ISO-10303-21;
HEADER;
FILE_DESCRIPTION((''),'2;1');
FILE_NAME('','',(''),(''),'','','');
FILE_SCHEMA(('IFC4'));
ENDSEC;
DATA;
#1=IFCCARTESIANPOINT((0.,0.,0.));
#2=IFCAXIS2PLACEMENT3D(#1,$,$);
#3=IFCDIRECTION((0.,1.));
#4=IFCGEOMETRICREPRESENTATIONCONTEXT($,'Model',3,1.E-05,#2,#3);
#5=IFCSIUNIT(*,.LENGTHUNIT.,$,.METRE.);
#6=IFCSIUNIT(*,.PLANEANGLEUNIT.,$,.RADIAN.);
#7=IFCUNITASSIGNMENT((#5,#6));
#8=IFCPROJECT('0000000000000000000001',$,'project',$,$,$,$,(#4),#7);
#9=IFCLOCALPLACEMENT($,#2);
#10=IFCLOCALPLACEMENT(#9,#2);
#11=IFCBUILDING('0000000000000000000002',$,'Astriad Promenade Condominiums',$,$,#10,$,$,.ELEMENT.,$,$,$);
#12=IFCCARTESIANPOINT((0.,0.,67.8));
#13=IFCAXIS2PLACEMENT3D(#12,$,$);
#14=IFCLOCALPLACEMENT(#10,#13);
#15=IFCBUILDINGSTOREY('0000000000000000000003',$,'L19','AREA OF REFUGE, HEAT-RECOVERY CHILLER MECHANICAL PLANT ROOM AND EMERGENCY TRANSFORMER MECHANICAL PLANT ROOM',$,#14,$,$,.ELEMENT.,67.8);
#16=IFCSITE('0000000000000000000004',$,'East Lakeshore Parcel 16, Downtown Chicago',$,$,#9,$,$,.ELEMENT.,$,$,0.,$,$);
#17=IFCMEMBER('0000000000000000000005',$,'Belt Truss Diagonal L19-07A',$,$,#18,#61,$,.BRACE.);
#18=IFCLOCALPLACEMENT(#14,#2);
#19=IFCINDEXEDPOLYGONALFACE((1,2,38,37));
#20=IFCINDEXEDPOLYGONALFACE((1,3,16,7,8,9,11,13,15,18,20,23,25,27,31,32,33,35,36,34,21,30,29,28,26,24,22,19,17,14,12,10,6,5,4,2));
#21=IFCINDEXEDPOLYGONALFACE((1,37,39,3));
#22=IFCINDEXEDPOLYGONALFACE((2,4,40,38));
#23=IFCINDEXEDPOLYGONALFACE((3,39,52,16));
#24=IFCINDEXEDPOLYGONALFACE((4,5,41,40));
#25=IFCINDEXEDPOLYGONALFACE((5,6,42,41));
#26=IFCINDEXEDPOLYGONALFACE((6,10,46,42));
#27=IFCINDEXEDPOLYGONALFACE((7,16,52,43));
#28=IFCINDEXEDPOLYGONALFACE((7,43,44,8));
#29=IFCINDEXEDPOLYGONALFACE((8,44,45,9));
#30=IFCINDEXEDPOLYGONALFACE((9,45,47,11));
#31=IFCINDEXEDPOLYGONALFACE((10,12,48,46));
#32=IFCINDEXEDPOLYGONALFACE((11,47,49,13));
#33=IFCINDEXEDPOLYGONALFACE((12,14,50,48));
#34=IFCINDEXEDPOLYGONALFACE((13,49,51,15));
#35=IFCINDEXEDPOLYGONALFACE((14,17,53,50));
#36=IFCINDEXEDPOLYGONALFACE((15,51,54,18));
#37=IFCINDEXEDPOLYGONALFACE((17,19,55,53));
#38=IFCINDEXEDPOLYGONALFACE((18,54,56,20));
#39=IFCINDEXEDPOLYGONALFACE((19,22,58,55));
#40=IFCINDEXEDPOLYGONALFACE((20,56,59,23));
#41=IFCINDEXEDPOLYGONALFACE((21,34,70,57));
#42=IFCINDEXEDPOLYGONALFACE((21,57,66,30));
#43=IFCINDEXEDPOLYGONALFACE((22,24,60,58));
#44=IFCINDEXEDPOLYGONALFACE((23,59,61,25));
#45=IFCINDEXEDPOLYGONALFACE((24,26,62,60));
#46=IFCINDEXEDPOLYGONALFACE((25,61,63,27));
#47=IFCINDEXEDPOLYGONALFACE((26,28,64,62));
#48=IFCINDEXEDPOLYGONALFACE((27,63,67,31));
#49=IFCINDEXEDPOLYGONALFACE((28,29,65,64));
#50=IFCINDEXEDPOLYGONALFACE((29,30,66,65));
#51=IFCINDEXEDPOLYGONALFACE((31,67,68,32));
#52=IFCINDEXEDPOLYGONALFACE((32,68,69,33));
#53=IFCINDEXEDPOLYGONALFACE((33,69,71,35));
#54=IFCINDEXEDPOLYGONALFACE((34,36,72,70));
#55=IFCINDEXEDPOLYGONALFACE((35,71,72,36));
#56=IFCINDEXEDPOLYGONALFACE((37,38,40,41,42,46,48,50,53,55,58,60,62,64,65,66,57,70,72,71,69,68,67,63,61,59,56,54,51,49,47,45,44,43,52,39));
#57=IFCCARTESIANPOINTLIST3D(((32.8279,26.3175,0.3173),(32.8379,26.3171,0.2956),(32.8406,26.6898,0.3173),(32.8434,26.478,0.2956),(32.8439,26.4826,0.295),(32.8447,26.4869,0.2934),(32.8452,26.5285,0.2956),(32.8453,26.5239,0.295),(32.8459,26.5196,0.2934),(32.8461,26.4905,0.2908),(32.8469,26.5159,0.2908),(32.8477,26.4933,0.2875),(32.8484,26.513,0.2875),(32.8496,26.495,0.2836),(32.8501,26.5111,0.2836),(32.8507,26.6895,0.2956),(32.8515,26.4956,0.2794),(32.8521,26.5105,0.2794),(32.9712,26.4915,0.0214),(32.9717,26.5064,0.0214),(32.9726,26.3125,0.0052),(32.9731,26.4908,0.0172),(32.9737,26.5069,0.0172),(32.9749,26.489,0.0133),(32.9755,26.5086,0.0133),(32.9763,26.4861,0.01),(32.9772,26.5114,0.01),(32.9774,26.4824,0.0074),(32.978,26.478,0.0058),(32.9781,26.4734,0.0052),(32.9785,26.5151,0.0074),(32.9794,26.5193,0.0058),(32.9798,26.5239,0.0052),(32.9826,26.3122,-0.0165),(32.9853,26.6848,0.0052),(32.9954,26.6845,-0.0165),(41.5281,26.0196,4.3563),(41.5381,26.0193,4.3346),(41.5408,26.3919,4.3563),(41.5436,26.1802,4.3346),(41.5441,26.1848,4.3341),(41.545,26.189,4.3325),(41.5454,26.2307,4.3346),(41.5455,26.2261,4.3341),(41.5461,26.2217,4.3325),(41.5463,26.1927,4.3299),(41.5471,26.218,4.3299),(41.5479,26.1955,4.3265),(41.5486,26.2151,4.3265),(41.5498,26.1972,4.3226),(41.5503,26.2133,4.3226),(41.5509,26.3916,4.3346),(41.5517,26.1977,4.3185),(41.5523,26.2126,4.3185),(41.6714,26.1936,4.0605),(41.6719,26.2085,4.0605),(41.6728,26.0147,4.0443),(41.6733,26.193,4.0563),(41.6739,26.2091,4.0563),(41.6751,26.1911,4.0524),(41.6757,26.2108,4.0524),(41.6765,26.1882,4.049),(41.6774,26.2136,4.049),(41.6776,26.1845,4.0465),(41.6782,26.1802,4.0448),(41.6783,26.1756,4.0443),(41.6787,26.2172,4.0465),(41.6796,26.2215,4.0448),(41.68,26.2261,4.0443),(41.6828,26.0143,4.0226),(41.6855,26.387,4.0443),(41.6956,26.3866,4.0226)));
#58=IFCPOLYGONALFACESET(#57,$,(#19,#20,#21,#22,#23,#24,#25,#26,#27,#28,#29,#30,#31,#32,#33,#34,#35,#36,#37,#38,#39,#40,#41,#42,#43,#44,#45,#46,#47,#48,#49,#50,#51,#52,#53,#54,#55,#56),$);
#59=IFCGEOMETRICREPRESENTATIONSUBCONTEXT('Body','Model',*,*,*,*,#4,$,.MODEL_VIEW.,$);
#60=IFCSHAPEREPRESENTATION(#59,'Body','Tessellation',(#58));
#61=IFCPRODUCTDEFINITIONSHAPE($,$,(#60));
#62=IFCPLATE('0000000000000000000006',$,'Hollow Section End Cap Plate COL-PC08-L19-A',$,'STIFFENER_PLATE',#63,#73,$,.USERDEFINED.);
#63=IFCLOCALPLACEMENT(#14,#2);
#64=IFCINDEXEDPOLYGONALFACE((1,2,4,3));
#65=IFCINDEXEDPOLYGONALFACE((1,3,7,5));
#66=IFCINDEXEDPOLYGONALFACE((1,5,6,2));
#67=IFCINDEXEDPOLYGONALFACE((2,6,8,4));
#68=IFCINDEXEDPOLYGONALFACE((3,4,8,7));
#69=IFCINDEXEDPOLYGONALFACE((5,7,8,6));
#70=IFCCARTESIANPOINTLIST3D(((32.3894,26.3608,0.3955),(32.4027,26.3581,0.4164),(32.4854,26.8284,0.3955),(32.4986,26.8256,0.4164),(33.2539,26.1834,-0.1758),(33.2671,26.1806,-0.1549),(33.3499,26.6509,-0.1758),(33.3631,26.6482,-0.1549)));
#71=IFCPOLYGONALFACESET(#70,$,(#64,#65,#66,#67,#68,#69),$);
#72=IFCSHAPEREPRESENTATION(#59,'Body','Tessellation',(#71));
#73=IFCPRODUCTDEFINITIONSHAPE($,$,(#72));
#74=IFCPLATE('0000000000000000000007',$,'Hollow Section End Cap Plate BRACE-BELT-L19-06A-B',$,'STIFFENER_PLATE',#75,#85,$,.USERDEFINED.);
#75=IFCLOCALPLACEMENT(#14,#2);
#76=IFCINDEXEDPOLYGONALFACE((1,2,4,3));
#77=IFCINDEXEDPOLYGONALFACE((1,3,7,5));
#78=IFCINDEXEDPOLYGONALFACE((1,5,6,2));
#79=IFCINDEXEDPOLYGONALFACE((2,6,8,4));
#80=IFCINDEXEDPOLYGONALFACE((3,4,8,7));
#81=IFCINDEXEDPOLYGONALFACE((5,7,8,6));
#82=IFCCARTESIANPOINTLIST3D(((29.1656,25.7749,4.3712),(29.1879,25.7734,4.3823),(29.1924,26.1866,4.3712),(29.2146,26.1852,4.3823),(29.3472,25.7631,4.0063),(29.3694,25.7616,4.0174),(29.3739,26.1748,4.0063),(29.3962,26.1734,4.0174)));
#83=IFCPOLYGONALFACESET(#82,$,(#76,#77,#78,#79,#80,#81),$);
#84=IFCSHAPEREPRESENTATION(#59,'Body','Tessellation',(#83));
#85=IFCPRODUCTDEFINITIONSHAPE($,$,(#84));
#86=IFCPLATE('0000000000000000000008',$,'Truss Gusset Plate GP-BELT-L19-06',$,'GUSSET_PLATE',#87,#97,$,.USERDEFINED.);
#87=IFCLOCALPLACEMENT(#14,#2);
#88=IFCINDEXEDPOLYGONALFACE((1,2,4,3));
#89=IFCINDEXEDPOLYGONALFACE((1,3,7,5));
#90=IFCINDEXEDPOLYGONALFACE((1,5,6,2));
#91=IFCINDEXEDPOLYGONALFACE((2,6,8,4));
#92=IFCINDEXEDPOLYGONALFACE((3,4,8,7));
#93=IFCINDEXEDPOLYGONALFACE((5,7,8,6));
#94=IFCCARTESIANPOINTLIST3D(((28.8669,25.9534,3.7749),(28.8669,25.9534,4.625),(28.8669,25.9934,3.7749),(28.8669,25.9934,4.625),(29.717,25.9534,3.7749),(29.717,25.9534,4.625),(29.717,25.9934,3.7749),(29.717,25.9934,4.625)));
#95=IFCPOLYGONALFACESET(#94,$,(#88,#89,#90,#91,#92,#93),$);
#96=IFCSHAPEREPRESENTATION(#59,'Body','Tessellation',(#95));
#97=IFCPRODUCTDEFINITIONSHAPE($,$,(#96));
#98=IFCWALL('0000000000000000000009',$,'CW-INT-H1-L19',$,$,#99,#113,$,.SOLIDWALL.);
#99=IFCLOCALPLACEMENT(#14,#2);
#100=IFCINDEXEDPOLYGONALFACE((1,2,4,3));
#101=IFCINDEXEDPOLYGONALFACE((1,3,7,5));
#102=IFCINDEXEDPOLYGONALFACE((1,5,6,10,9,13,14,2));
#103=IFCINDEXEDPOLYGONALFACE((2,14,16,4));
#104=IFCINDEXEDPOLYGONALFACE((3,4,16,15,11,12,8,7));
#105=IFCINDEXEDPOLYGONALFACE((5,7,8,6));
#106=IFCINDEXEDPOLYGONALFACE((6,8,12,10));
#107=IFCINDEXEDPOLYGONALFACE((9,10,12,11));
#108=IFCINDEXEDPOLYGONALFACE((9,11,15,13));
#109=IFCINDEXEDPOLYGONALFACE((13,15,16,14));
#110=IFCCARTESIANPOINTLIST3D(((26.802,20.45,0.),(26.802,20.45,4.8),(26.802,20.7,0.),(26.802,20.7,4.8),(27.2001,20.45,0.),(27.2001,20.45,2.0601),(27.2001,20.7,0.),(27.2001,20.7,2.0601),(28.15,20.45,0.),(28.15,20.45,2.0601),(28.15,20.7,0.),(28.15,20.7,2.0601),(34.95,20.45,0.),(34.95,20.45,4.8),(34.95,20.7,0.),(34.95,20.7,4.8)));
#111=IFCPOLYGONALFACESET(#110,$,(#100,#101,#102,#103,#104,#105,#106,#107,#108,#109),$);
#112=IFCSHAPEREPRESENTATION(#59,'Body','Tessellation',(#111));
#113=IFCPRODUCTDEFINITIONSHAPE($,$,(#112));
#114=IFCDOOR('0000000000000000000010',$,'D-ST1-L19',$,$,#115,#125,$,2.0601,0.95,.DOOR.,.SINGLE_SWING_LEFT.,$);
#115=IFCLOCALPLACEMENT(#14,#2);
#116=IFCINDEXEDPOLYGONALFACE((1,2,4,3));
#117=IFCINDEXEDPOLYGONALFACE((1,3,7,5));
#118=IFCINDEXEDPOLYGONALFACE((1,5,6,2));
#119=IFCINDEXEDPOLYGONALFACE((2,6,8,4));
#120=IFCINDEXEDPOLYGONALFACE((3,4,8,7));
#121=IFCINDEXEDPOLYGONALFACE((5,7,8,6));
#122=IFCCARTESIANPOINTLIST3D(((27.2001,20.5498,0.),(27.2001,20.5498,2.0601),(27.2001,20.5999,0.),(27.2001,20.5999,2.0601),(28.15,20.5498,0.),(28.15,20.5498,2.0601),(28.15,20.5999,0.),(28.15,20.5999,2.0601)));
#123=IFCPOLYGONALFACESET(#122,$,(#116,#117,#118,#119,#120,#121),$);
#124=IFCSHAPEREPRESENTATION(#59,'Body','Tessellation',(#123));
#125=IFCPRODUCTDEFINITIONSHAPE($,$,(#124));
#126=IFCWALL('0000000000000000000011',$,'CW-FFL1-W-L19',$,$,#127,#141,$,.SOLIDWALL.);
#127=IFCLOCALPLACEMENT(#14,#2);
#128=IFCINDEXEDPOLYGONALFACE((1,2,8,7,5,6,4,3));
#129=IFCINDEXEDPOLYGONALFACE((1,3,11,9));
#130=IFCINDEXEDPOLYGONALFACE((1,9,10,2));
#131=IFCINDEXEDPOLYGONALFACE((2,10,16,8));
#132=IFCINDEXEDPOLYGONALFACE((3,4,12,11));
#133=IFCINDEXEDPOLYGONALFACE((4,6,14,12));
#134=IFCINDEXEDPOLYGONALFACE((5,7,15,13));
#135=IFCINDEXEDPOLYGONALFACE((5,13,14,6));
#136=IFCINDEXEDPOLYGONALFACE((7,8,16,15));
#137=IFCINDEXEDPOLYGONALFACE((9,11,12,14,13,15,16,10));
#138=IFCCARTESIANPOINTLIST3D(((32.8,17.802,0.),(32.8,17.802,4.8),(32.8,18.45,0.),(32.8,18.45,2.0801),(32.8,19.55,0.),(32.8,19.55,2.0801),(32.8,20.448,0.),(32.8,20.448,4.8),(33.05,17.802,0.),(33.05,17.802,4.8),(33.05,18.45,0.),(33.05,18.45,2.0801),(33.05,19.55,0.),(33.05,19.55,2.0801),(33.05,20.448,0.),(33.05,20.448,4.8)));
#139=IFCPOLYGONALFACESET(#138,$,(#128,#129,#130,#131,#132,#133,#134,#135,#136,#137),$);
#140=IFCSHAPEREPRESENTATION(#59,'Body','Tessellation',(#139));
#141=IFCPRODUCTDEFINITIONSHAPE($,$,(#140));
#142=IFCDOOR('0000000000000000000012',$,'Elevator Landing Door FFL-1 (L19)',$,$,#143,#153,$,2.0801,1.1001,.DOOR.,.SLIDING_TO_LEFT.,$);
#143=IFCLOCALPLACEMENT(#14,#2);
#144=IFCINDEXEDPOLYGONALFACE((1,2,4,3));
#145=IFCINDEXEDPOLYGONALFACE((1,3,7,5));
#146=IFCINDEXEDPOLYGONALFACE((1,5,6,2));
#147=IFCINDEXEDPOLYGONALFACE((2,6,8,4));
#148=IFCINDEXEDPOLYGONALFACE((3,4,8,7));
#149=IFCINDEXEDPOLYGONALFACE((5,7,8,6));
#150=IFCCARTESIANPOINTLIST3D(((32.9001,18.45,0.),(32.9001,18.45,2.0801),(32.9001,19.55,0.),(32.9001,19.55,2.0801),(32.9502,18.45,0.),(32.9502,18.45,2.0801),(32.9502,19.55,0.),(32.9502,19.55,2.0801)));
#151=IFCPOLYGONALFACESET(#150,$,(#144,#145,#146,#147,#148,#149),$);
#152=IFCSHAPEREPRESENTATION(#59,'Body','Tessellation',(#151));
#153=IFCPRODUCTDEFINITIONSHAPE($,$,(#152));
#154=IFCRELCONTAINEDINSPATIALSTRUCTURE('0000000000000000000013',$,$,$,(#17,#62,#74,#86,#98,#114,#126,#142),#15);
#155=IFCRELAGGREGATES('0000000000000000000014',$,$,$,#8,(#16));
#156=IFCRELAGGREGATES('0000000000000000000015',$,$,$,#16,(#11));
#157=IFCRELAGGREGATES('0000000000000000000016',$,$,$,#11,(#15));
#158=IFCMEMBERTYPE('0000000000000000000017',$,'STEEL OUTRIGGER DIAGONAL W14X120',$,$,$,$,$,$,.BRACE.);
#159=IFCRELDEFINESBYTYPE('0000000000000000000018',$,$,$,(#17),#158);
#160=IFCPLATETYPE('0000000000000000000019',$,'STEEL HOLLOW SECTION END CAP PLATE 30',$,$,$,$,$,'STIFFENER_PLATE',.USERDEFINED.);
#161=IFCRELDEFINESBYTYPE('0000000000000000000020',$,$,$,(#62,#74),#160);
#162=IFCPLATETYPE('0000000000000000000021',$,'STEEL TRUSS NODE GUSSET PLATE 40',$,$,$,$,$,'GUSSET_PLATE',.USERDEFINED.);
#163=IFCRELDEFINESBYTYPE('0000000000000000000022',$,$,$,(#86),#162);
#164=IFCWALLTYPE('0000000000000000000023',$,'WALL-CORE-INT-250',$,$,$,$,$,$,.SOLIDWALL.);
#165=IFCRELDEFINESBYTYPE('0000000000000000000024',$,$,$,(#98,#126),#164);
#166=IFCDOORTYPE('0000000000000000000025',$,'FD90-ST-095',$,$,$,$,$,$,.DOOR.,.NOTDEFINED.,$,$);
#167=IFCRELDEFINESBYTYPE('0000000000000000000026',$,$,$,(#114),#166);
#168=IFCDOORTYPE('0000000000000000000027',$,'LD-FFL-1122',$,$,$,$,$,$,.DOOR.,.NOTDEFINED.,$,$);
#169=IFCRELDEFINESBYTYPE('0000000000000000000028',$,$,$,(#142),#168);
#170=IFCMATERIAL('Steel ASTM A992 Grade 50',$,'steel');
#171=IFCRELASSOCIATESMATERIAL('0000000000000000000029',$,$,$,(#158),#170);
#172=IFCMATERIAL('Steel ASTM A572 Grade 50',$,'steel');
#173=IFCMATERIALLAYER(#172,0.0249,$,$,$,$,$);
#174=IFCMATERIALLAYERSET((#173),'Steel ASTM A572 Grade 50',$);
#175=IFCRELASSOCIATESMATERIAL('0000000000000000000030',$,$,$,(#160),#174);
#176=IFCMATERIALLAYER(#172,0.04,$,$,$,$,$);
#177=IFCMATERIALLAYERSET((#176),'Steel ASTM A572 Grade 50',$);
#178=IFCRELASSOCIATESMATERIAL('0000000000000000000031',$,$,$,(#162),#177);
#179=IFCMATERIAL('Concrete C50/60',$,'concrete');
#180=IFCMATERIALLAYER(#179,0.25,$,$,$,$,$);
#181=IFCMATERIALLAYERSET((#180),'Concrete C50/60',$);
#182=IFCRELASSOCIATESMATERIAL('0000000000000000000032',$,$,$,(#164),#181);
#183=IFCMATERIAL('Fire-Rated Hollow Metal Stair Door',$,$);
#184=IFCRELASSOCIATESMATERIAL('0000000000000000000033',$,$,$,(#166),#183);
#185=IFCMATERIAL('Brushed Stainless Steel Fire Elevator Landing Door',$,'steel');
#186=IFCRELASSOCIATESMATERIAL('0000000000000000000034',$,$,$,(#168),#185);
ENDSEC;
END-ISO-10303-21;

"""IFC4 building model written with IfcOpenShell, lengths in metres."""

from ifc_helpers import new_model, si_unit, direction, frame, frame_2d, origin, origin_2d, place, context, subcontext, project, spatial, rectangle, i_section, extrude, source, transform, mapped, material, layer, layer_set, material_profile, profile_set, type_object, type_shapes, element, fill, save


model = new_model("IFC4")

# Units and contexts
model_context = context("Model", 3, precision=1e-05, world=origin(), true_north=direction((0.0, 1.0)))
body_context = subcontext(model_context, "Body", "Model", "MODEL_VIEW")
ifc_project = project(units=[si_unit("LENGTHUNIT", "METRE"), si_unit("PLANEANGLEUNIT", "RADIAN")], contexts=[model_context])

# Site, building, storey
site_placement = place(None, origin())
site = spatial("IfcSite", under=ifc_project, at=site_placement, Name="East Lakeshore Parcel 16, Downtown Chicago", CompositionType="ELEMENT", RefElevation=0.0)
building_placement = place(site_placement, origin())
building = spatial("IfcBuilding", under=site, at=building_placement, Name="Astriad Promenade Condominiums", CompositionType="ELEMENT")
storey_placement = place(building_placement, frame((0.0, 0.0, 67.8)))
storey = spatial("IfcBuildingStorey", under=building, at=storey_placement, Name="L19", Description="AREA OF REFUGE, HEAT-RECOVERY CHILLER MECHANICAL PLANT ROOM AND EMERGENCY TRANSFORMER MECHANICAL PLANT ROOM", CompositionType="ELEMENT", Elevation=67.8)

# Shared definitions
ifc_material_1 = material(Name="Steel ASTM A992 Grade 50", Category="steel")

# Member
ifc_material_profile_1 = material_profile(ifc_material_1, i_section(OverallWidth=0.3726, OverallDepth=0.3679, WebThickness=0.0149, FlangeThickness=0.0239, FilletRadius=0.0178, at=origin_2d()), Name="W14X120")
ifc_profile_set_1 = profile_set([ifc_material_profile_1], Name="Steel ASTM A992 Grade 50")
member_type_1 = type_object("IfcMemberType", Name="STEEL OUTRIGGER DIAGONAL W14X120", PredefinedType="BRACE", material=ifc_profile_set_1)
shared_shape_1 = source(origin(), body_context, "Body", "SweptSolid", [
    extrude(i_section(OverallWidth=0.3726, OverallDepth=0.3679, WebThickness=0.0149, FlangeThickness=0.0239, FilletRadius=0.0178, at=origin_2d()), origin(), (0.0, 0.0, 1.0), 9.5967),
])
member_1_placement = place(storey_placement, frame((32.9116, 26.501, 0.1504), z_axis=(0.906584, -0.031037, 0.420882), x_axis=(0.034215, 0.999414, 0.0)))
element("IfcMember", 1, at=member_1_placement, inside=storey, type_object=member_type_1, Name="Belt Truss Diagonal L19-07A", PredefinedType="BRACE", context=body_context, shape_type="MappedRepresentation", body=[
    mapped(shared_shape_1, transform((0.0, 0.0, 0.0), scale=1.0)),
])

# Plates
ifc_material_2 = material(Name="Steel ASTM A572 Grade 50", Category="steel")
ifc_layer_1 = layer(ifc_material_2, 0.0249)
ifc_layer_set_1 = layer_set([ifc_layer_1], Name="Steel ASTM A572 Grade 50")
plate_type_1 = type_object("IfcPlateType", Name="STEEL HOLLOW SECTION END CAP PLATE 30", ElementType="STIFFENER_PLATE", PredefinedType="USERDEFINED", material=ifc_layer_set_1)
shared_shape_2 = source(origin(), body_context, "Body", "SweptSolid", [
    extrude(rectangle(XDim=0.4773, YDim=1.0513, at=origin_2d()), origin(), (0.0, 0.0, 1.0), 0.0249),
])
plate_1_placement = place(storey_placement, frame((32.8696, 26.5059, 0.1099), z_axis=(0.532301, -0.109261, 0.839475), x_axis=(0.20107, 0.979577, 0.0)))
element("IfcPlate", 2, at=plate_1_placement, inside=storey, type_object=plate_type_1, Name="Hollow Section End Cap Plate COL-PC08-L19-A", ObjectType="STIFFENER_PLATE", PredefinedType="USERDEFINED", context=body_context, shape_type="MappedRepresentation", body=[
    mapped(shared_shape_2, transform((0.0, 0.0, 0.0), scale=1.0)),
])
shared_shape_3 = source(origin(), body_context, "Body", "SweptSolid", [
    extrude(rectangle(XDim=0.4126, YDim=0.4077, at=origin_2d()), origin(), (0.0, 0.0, 1.0), 0.0249),
])
type_shapes(plate_type_1, [shared_shape_2, shared_shape_3])
plate_2_placement = place(storey_placement, frame((29.2698, 25.9749, 4.1887), z_axis=(0.893025, -0.058058, 0.446247), x_axis=(0.064875, 0.997893, 0.0)))
element("IfcPlate", 3, at=plate_2_placement, inside=storey, type_object=plate_type_1, Name="Hollow Section End Cap Plate BRACE-BELT-L19-06A-B", ObjectType="STIFFENER_PLATE", PredefinedType="USERDEFINED", context=body_context, shape_type="MappedRepresentation", body=[
    mapped(shared_shape_3, transform((0.0, 0.0, 0.0), scale=1.0)),
])
ifc_layer_2 = layer(ifc_material_2, 0.04)
ifc_layer_set_2 = layer_set([ifc_layer_2], Name="Steel ASTM A572 Grade 50")
plate_type_2 = type_object("IfcPlateType", Name="STEEL TRUSS NODE GUSSET PLATE 40", ElementType="GUSSET_PLATE", PredefinedType="USERDEFINED", material=ifc_layer_set_2)
shared_shape_4 = source(origin(), body_context, "Body", "SweptSolid", [
    extrude(rectangle(XDim=0.8501, YDim=0.04, at=origin_2d()), origin(), (0.0, 0.0, 1.0), 0.8501),
])
type_shapes(plate_type_2, [shared_shape_4])
plate_3_placement = place(storey_placement, frame((29.292, 25.9734, 3.7749), z_axis=(0.0, 0.0, 1.0), x_axis=(1.0, 0.0, 0.0)))
element("IfcPlate", 4, at=plate_3_placement, inside=storey, type_object=plate_type_2, Name="Truss Gusset Plate GP-BELT-L19-06", ObjectType="GUSSET_PLATE", PredefinedType="USERDEFINED", context=body_context, shape_type="MappedRepresentation", body=[
    mapped(shared_shape_4, transform((0.0, 0.0, 0.0), scale=1.0)),
])

# Walls, openings, doors
ifc_material_3 = material(Name="Concrete C50/60", Category="concrete")
ifc_layer_3 = layer(ifc_material_3, 0.25)
ifc_layer_set_3 = layer_set([ifc_layer_3], Name="Concrete C50/60")
wall_type = type_object("IfcWallType", Name="WALL-CORE-INT-250", PredefinedType="SOLIDWALL", material=ifc_layer_set_3)
wall_1_placement = place(storey_placement, frame((26.802, 20.575, 0.0), z_axis=(0.0, 0.0, 1.0), x_axis=(1.0, 0.0, 0.0)))
wall_1 = element("IfcWall", 5, at=wall_1_placement, inside=storey, type_object=wall_type, Name="CW-INT-H1-L19", PredefinedType="SOLIDWALL", context=body_context, shape_type="SweptSolid", body=[
    extrude(rectangle(XDim=8.1479, YDim=0.25, at=frame_2d((4.074, 0.0))), origin(), (0.0, 0.0, 1.0), 4.8),
])
opening_1_placement = place(wall_1_placement, frame((0.3979, 0.0, 0.0)))
opening_1 = element("IfcOpeningElement", 6, at=opening_1_placement, cuts=wall_1, PredefinedType="OPENING", context=body_context, shape_type="SweptSolid", body=[
    extrude(rectangle(XDim=0.95, YDim=2.0601, at=frame_2d((0.4751, 1.03))), frame((0.0, 0.135, 0.0), z_axis=(0.0, -1.0, 0.0), x_axis=(1.0, 0.0, 0.0)), (0.0, 0.0, 1.0), 0.27),
])
ifc_material_4 = material(Name="Fire-Rated Hollow Metal Stair Door")
door_type_1 = type_object("IfcDoorType", Name="FD90-ST-095", OperationType="NOTDEFINED", PredefinedType="DOOR", material=ifc_material_4)
shared_shape_5 = source(origin(), body_context, "Body", "SweptSolid", [
    extrude(rectangle(XDim=0.95, YDim=2.0601, at=frame_2d((0.4751, 1.03))), frame((0.0, 0.0249, 0.0), z_axis=(0.0, -1.0, 0.0), x_axis=(1.0, 0.0, 0.0)), (0.0, 0.0, 1.0), 0.05),
])
type_shapes(door_type_1, [shared_shape_5])
door_1_placement = place(opening_1_placement, origin())
door_1 = element("IfcDoor", 7, at=door_1_placement, inside=storey, type_object=door_type_1, Name="D-ST1-L19", OperationType="SINGLE_SWING_LEFT", OverallHeight=2.0601, OverallWidth=0.95, PredefinedType="DOOR", context=body_context, shape_type="MappedRepresentation", body=[
    mapped(shared_shape_5, transform((0.0, 0.0, 0.0), scale=1.0)),
])
fill(opening_1, door_1)
wall_2_placement = place(storey_placement, frame((32.925, 17.802, 0.0), z_axis=(0.0, 0.0, 1.0), x_axis=(0.0, 1.0, 0.0)))
wall_2 = element("IfcWall", 8, at=wall_2_placement, inside=storey, type_object=wall_type, Name="CW-FFL1-W-L19", PredefinedType="SOLIDWALL", context=body_context, shape_type="SweptSolid", body=[
    extrude(rectangle(XDim=2.646, YDim=0.25, at=frame_2d((1.323, 0.0))), origin(), (0.0, 0.0, 1.0), 4.8),
])
opening_2_placement = place(wall_2_placement, frame((0.6479, 0.0, 0.0)))
opening_2 = element("IfcOpeningElement", 9, at=opening_2_placement, cuts=wall_2, PredefinedType="OPENING", context=body_context, shape_type="SweptSolid", body=[
    extrude(rectangle(XDim=1.1001, YDim=2.0801, at=frame_2d((0.55, 1.04))), frame((0.0, 0.135, 0.0), z_axis=(0.0, -1.0, 0.0), x_axis=(1.0, 0.0, 0.0)), (0.0, 0.0, 1.0), 0.27),
])
ifc_material_5 = material(Name="Brushed Stainless Steel Fire Elevator Landing Door", Category="steel")
door_type_2 = type_object("IfcDoorType", Name="LD-FFL-1122", OperationType="NOTDEFINED", PredefinedType="DOOR", material=ifc_material_5)
shared_shape_6 = source(origin(), body_context, "Body", "SweptSolid", [
    extrude(rectangle(XDim=1.1001, YDim=2.0801, at=frame_2d((0.55, 1.04))), frame((0.0, 0.0249, 0.0), z_axis=(0.0, -1.0, 0.0), x_axis=(1.0, 0.0, 0.0)), (0.0, 0.0, 1.0), 0.05),
])
type_shapes(door_type_2, [shared_shape_6])
door_2_placement = place(opening_2_placement, origin())
door_2 = element("IfcDoor", 10, at=door_2_placement, inside=storey, type_object=door_type_2, Name="Elevator Landing Door FFL-1 (L19)", OperationType="SLIDING_TO_LEFT", OverallHeight=2.0801, OverallWidth=1.1001, PredefinedType="DOOR", context=body_context, shape_type="MappedRepresentation", body=[
    mapped(shared_shape_6, transform((0.0, 0.0, 0.0), scale=1.0)),
])
fill(opening_2, door_2)

save(model, "model.ifc")
